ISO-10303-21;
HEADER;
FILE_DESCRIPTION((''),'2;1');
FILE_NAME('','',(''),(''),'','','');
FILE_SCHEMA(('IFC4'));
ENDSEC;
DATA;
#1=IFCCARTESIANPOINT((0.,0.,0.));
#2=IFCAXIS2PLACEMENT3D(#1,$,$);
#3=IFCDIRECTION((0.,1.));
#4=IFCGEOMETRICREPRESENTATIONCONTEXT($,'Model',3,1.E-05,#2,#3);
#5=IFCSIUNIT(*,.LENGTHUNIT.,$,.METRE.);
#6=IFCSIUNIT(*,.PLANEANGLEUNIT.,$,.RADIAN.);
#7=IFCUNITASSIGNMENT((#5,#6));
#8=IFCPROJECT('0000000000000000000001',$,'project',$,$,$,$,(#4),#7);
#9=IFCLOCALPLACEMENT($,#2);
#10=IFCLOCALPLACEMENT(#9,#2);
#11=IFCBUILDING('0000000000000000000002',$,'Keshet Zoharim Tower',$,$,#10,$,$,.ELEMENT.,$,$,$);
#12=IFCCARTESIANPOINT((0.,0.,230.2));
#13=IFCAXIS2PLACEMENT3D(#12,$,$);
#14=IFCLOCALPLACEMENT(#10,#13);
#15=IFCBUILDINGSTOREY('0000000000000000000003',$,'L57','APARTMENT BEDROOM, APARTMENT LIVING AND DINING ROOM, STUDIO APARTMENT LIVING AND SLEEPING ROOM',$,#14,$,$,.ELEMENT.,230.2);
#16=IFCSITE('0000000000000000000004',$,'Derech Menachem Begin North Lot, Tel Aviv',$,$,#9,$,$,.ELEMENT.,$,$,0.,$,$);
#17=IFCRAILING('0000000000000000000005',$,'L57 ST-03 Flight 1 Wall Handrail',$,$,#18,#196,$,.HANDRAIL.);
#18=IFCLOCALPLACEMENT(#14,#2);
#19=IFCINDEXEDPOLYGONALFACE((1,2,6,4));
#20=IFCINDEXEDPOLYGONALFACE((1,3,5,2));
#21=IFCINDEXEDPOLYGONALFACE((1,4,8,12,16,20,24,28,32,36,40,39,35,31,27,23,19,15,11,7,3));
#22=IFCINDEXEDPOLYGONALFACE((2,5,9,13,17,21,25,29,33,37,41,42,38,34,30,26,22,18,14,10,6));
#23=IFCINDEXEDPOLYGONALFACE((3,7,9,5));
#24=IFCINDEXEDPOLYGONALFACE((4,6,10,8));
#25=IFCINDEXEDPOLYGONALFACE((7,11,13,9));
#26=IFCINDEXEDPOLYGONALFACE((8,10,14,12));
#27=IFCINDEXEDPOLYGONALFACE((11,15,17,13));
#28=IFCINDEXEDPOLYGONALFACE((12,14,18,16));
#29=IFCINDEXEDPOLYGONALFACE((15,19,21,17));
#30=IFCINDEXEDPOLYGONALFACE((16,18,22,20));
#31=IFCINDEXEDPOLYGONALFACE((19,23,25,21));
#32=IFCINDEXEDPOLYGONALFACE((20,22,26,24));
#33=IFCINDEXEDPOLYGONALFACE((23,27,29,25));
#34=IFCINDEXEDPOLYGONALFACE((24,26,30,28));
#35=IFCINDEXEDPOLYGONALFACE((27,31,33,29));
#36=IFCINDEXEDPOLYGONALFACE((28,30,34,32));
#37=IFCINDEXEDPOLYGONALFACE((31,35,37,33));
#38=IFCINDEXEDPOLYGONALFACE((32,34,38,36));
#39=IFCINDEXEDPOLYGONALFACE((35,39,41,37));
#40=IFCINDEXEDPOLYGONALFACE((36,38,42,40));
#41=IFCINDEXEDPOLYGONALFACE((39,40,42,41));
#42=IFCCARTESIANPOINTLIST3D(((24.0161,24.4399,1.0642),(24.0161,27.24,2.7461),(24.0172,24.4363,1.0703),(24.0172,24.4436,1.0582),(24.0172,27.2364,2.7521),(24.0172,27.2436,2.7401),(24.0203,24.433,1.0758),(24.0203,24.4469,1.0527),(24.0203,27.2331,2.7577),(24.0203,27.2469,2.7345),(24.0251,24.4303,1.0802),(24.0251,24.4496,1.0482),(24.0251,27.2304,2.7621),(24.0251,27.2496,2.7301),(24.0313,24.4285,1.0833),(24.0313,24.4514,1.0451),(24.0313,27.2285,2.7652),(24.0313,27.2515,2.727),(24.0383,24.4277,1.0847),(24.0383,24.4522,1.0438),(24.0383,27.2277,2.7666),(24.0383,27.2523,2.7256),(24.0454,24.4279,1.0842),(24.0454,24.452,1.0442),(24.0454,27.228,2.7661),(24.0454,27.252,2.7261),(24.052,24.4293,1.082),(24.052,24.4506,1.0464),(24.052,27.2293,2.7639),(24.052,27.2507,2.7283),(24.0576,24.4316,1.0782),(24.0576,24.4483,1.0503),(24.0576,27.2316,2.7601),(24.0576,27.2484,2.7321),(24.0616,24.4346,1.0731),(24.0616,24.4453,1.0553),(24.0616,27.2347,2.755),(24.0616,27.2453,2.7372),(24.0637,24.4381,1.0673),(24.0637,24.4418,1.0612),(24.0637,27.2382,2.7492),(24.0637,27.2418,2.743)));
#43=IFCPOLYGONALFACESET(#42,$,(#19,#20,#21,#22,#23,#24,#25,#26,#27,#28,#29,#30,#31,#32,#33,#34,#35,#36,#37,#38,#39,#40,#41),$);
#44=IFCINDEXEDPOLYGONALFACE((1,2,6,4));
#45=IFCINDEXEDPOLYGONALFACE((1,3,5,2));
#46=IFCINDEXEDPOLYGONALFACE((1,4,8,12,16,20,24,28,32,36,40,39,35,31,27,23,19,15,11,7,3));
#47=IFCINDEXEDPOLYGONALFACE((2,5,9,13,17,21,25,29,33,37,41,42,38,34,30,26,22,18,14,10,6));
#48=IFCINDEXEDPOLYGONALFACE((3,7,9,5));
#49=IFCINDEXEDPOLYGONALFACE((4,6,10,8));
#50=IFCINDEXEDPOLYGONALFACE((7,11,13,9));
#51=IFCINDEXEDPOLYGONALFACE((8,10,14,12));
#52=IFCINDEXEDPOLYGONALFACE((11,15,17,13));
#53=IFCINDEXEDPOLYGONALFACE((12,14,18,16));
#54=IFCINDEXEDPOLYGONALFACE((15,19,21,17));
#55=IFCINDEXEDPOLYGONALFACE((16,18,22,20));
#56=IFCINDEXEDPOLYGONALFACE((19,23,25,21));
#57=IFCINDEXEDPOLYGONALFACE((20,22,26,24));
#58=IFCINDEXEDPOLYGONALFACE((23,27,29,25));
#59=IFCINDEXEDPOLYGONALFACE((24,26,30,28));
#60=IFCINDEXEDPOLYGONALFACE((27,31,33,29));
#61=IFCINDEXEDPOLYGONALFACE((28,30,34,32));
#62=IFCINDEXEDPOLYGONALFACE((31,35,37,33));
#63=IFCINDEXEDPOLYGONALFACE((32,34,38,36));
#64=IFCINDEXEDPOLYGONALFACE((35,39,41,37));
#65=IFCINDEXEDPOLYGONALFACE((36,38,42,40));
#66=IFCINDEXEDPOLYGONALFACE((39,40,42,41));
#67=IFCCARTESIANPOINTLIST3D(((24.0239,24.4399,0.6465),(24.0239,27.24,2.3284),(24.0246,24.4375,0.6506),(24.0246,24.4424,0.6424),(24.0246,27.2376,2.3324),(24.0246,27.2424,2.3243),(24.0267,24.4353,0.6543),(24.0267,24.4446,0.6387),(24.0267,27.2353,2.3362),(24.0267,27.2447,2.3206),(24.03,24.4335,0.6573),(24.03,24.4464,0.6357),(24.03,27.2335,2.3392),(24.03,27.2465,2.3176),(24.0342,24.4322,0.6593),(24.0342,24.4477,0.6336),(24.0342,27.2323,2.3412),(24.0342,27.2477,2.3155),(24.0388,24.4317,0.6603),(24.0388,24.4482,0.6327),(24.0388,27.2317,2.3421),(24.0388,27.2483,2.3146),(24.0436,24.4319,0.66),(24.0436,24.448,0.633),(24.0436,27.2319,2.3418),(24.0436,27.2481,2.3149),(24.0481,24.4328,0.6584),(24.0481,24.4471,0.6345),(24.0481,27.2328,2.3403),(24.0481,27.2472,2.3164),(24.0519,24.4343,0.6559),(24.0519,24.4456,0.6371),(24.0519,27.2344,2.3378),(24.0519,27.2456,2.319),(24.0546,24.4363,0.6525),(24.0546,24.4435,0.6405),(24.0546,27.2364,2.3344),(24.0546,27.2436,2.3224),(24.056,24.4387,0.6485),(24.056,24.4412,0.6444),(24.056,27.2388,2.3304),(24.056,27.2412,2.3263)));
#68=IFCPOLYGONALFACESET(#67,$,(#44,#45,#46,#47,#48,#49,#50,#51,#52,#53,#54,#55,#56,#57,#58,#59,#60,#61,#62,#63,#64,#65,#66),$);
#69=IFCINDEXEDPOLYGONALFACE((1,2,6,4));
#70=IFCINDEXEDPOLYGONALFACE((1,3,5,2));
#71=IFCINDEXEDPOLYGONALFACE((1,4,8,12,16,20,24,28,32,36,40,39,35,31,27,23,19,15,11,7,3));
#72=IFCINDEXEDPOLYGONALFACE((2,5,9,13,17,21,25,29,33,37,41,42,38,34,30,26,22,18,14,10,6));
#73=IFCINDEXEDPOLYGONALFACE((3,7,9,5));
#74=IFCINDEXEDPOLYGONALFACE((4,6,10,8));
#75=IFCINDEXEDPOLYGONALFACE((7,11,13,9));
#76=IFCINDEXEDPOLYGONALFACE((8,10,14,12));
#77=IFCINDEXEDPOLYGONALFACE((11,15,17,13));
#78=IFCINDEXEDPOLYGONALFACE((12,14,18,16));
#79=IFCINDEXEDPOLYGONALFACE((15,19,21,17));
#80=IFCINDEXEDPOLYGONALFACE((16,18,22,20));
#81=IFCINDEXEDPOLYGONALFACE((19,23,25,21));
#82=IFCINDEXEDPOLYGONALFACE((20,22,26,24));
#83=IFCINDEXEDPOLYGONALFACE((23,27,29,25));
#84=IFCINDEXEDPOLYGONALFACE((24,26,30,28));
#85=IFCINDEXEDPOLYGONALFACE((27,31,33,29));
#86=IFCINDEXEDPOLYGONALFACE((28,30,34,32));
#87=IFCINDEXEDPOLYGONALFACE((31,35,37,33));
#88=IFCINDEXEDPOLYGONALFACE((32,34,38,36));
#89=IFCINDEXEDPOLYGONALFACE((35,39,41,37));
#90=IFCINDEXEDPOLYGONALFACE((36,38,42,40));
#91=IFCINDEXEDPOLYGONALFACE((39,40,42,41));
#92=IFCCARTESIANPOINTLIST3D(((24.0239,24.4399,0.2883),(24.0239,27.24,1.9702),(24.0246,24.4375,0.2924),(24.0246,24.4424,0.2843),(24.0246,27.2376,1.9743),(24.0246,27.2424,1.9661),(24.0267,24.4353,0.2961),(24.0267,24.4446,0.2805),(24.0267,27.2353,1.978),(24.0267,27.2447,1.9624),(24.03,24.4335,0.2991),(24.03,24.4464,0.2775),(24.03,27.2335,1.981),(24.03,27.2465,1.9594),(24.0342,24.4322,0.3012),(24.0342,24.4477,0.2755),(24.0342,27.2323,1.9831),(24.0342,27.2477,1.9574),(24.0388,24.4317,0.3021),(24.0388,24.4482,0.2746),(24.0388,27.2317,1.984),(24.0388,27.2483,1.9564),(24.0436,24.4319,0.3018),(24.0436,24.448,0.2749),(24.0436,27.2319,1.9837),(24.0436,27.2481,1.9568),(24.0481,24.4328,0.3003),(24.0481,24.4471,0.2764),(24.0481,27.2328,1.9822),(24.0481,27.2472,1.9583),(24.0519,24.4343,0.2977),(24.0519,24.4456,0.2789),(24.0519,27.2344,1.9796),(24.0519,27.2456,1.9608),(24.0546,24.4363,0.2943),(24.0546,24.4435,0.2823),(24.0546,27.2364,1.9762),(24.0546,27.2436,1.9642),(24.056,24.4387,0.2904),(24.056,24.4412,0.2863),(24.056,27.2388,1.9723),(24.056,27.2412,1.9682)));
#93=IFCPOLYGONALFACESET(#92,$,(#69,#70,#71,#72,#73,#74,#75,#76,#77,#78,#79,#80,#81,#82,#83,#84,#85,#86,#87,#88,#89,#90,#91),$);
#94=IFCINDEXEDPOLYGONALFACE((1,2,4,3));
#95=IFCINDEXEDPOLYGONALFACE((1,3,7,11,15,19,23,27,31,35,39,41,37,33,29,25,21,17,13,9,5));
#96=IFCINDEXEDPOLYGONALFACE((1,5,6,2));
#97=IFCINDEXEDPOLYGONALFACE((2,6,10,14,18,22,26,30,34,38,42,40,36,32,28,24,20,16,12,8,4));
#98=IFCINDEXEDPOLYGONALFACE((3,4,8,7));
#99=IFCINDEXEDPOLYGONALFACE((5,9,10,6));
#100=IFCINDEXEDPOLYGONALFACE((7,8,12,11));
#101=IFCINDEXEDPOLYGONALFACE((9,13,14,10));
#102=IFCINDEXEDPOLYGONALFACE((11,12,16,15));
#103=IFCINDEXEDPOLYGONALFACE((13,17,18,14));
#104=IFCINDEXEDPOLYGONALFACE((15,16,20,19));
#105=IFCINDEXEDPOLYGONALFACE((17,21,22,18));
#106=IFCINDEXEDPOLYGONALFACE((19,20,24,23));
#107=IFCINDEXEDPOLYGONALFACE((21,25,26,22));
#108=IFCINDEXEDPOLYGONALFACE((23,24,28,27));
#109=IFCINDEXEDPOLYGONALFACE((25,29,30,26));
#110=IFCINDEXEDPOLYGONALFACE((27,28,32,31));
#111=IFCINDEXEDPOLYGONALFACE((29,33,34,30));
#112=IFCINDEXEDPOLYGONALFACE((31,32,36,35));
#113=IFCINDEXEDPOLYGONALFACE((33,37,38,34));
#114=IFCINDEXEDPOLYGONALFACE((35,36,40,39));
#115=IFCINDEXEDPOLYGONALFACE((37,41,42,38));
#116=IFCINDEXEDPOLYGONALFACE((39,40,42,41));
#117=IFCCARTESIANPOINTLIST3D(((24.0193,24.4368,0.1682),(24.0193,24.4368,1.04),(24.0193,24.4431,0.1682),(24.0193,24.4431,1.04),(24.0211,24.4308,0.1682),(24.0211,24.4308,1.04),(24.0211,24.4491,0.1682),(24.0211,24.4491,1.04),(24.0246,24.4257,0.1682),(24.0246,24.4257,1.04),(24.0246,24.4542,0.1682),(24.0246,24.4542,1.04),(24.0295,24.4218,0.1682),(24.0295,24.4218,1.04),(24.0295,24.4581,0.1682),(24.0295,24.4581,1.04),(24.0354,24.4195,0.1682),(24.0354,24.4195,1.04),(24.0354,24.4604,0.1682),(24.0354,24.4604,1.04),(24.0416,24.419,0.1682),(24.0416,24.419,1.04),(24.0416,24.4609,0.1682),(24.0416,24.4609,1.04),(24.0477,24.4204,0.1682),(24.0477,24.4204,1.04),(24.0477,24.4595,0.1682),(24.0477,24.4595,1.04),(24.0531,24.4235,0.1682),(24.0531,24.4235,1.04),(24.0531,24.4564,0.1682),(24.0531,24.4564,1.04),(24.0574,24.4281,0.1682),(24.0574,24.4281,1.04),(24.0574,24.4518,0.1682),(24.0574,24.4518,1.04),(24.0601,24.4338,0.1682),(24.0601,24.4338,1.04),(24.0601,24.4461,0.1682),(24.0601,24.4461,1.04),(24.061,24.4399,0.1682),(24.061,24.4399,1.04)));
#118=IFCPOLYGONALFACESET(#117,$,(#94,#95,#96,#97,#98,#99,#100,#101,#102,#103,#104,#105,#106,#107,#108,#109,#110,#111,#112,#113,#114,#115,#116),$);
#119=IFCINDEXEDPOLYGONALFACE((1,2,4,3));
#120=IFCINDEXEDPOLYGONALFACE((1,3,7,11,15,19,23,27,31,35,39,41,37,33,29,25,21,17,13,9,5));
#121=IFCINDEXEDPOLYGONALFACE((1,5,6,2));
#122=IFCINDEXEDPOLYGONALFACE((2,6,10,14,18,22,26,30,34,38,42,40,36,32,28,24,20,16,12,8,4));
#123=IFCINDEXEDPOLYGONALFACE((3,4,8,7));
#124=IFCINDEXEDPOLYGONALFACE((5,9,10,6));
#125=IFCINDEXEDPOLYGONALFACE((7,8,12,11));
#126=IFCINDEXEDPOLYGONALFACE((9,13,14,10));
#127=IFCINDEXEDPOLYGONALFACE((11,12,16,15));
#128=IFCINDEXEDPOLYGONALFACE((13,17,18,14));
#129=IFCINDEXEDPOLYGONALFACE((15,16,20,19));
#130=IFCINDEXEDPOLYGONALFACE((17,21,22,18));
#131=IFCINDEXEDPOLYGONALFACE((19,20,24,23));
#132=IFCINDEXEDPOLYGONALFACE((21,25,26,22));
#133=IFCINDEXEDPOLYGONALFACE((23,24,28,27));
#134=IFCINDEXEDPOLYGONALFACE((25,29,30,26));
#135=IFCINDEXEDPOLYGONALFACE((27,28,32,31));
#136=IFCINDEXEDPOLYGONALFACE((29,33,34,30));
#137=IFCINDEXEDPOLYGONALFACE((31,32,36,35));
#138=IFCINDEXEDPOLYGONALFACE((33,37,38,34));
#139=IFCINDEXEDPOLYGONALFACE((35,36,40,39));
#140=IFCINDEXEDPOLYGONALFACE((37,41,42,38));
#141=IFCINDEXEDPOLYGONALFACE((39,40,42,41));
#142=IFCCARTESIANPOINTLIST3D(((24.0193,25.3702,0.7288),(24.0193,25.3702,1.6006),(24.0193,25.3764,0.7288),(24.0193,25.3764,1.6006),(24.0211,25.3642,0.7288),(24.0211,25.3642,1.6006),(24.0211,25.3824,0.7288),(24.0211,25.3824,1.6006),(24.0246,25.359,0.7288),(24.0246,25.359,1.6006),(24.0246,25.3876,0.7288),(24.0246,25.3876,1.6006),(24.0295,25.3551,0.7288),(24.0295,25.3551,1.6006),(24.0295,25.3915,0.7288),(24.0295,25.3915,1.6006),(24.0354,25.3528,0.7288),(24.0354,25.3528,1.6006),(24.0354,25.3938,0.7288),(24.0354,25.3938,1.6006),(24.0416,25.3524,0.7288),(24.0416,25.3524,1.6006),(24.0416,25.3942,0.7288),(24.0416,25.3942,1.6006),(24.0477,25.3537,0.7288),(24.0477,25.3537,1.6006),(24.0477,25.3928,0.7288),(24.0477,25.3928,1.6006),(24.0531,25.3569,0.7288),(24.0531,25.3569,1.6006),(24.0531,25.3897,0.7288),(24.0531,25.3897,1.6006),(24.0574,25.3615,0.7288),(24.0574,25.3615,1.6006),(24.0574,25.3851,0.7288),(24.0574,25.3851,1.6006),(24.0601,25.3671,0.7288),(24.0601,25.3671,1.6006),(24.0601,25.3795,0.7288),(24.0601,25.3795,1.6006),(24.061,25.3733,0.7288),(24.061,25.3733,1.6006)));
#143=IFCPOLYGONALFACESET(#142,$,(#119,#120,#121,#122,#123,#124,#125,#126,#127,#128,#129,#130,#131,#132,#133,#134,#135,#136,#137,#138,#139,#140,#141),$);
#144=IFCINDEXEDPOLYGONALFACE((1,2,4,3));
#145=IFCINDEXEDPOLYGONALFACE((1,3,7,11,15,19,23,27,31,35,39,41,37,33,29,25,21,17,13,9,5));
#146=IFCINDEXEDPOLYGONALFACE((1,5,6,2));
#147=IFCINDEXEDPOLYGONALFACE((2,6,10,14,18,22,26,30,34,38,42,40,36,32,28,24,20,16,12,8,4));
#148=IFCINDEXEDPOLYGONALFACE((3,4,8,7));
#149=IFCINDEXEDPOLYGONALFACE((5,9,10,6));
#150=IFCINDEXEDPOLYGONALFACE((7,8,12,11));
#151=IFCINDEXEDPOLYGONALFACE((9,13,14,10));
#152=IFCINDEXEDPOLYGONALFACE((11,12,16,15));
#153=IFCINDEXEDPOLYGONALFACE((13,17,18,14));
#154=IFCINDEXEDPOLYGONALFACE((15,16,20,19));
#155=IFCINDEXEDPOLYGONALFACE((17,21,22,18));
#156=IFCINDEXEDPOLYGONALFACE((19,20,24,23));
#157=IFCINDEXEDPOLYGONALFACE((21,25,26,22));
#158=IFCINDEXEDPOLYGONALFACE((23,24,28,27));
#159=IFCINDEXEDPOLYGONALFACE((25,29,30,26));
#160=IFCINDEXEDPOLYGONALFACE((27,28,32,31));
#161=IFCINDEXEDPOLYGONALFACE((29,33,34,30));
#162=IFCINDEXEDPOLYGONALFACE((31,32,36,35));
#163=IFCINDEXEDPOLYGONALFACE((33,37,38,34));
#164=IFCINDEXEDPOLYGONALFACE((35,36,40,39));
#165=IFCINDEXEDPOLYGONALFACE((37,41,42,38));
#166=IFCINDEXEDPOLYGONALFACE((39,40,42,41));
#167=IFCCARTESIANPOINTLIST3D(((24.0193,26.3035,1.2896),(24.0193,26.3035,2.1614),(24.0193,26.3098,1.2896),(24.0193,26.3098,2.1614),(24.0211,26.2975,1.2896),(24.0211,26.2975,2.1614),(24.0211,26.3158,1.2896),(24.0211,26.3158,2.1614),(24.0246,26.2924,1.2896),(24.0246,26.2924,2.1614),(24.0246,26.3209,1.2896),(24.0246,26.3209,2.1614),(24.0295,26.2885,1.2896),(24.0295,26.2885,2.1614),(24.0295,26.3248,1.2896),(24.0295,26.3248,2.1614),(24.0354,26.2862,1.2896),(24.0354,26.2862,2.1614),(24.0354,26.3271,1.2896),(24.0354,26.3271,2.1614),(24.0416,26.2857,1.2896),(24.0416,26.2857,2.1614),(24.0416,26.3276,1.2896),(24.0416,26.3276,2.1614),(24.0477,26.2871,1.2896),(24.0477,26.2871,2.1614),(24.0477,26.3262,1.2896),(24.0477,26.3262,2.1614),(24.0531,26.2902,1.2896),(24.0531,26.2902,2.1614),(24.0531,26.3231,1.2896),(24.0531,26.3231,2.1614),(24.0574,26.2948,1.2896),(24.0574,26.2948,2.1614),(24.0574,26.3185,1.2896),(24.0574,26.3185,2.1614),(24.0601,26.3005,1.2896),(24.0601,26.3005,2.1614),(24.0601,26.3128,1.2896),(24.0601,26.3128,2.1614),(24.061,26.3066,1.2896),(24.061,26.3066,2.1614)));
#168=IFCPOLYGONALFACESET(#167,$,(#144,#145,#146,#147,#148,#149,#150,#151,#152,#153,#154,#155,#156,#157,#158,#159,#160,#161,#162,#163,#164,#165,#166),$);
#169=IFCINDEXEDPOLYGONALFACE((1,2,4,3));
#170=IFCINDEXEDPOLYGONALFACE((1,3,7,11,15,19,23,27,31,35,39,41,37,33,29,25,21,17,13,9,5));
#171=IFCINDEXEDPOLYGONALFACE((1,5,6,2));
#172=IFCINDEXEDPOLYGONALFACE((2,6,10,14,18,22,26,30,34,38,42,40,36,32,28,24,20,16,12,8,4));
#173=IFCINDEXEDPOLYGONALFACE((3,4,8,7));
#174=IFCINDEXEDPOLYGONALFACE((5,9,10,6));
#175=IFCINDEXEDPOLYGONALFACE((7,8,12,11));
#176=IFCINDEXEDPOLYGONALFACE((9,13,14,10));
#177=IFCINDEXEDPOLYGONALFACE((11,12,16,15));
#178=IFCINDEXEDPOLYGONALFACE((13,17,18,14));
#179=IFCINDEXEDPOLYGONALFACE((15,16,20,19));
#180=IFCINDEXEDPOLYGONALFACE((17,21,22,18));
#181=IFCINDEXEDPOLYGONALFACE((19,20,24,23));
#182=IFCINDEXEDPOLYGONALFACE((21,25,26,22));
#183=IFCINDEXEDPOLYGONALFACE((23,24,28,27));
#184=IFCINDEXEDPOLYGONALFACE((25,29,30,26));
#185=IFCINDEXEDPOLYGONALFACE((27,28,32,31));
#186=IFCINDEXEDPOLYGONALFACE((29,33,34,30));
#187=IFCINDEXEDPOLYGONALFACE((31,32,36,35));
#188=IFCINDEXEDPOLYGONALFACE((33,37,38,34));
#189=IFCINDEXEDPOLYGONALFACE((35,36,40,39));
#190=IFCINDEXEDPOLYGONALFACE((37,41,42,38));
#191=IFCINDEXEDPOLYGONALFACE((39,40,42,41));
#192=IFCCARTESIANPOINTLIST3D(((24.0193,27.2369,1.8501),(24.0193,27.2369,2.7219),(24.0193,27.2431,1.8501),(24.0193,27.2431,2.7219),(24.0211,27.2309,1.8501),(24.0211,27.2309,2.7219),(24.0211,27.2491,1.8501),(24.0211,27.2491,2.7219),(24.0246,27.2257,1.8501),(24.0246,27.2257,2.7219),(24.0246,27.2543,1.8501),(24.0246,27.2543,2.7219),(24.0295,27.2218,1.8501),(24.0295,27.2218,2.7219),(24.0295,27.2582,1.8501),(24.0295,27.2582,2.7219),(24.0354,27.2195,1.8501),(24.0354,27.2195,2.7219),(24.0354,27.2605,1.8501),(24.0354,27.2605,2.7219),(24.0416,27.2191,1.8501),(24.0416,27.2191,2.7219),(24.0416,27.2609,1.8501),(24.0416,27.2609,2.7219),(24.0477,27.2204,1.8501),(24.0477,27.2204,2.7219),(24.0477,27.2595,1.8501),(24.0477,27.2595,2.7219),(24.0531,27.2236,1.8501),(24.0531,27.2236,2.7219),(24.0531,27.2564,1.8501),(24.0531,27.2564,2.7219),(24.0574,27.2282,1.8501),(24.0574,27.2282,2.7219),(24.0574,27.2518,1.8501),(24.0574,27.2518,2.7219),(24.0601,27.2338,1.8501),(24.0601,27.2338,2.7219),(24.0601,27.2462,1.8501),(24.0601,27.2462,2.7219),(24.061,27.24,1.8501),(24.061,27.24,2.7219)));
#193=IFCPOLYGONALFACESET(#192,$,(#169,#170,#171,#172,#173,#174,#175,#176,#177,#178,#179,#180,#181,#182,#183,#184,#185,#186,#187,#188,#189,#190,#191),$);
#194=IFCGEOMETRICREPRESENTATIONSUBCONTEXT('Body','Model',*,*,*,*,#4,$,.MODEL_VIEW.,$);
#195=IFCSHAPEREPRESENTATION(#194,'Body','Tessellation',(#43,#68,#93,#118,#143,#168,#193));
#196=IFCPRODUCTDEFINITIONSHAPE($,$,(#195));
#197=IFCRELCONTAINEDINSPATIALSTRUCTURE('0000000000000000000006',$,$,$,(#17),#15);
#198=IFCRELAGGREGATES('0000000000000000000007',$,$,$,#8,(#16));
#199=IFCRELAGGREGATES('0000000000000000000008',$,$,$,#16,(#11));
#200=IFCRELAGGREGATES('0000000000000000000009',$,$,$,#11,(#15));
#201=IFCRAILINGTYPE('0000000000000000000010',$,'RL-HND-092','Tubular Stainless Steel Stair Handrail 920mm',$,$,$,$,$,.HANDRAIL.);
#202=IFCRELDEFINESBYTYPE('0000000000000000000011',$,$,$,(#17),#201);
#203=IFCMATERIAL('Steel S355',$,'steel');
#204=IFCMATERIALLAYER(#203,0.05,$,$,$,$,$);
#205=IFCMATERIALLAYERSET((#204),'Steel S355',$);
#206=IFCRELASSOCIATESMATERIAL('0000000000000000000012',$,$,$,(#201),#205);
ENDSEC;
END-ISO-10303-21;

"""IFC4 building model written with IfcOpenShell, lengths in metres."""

from ifc_helpers import new_model, si_unit, direction, frame, origin, origin_2d, place, context, subcontext, project, spatial, circle, extrude, material, layer, layer_set, type_object, element, save


model = new_model("IFC4")

# Units and contexts
model_context = context("Model", 3, precision=1e-05, world=origin(), true_north=direction((0.0, 1.0)))
body_context = subcontext(model_context, "Body", "Model", "MODEL_VIEW")
ifc_project = project(units=[si_unit("LENGTHUNIT", "METRE"), si_unit("PLANEANGLEUNIT", "RADIAN")], contexts=[model_context])

# Site, building, storey
site_placement = place(None, origin())
site = spatial("IfcSite", under=ifc_project, at=site_placement, Name="Derech Menachem Begin North Lot, Tel Aviv", CompositionType="ELEMENT", RefElevation=0.0)
building_placement = place(site_placement, origin())
building = spatial("IfcBuilding", under=site, at=building_placement, Name="Keshet Zoharim Tower", CompositionType="ELEMENT")
storey_placement = place(building_placement, frame((0.0, 0.0, 230.2)))
storey = spatial("IfcBuildingStorey", under=building, at=storey_placement, Name="L57", Description="APARTMENT BEDROOM, APARTMENT LIVING AND DINING ROOM, STUDIO APARTMENT LIVING AND SLEEPING ROOM", CompositionType="ELEMENT", Elevation=230.2)

# Railing
ifc_material_1 = material(Name="Steel S355", Category="steel")
ifc_layer_1 = layer(ifc_material_1, 0.05)
ifc_layer_set_1 = layer_set([ifc_layer_1], Name="Steel S355")
railing_type_1 = type_object("IfcRailingType", Name="RL-HND-092", Description="Tubular Stainless Steel Stair Handrail 920mm", PredefinedType="HANDRAIL", material=ifc_layer_set_1)
railing_1_placement = place(storey_placement, frame((24.04, 24.4399, 0.1682)))
element("IfcRailing", 1, at=railing_1_placement, inside=storey, type_object=railing_type_1, Name="L57 ST-03 Flight 1 Wall Handrail", PredefinedType="HANDRAIL", context=body_context, shape_type="SweptSolid", body=[
    extrude(circle(Radius=0.0239, at=origin_2d()), frame((0.0, 0.0, 0.896), z_axis=(0.0, 0.857242, 0.514913), x_axis=(-1.0, 0.0, 0.0)), (0.0, 0.0, 1.0), 3.2664),
    extrude(circle(Radius=0.0161, at=origin_2d()), frame((0.0, 0.0, 0.4783), z_axis=(0.0, 0.857242, 0.514913), x_axis=(-1.0, 0.0, 0.0)), (0.0, 0.0, 1.0), 3.2664),
    extrude(circle(Radius=0.0161, at=origin_2d()), frame((0.0, 0.0, 0.1201), z_axis=(0.0, 0.857242, 0.514913), x_axis=(-1.0, 0.0, 0.0)), (0.0, 0.0, 1.0), 3.2664),
    extrude(circle(Radius=0.021, at=origin_2d()), origin(), (0.0, 0.0, 1.0), 0.8718),
    extrude(circle(Radius=0.021, at=origin_2d()), frame((0.0, 0.9333, 0.5605)), (0.0, 0.0, 1.0), 0.8718),
    extrude(circle(Radius=0.021, at=origin_2d()), frame((0.0, 1.8667, 1.1213)), (0.0, 0.0, 1.0), 0.8718),
    extrude(circle(Radius=0.021, at=origin_2d()), frame((0.0, 2.8, 1.6819)), (0.0, 0.0, 1.0), 0.8718),
])

save(model, "model.ifc")
